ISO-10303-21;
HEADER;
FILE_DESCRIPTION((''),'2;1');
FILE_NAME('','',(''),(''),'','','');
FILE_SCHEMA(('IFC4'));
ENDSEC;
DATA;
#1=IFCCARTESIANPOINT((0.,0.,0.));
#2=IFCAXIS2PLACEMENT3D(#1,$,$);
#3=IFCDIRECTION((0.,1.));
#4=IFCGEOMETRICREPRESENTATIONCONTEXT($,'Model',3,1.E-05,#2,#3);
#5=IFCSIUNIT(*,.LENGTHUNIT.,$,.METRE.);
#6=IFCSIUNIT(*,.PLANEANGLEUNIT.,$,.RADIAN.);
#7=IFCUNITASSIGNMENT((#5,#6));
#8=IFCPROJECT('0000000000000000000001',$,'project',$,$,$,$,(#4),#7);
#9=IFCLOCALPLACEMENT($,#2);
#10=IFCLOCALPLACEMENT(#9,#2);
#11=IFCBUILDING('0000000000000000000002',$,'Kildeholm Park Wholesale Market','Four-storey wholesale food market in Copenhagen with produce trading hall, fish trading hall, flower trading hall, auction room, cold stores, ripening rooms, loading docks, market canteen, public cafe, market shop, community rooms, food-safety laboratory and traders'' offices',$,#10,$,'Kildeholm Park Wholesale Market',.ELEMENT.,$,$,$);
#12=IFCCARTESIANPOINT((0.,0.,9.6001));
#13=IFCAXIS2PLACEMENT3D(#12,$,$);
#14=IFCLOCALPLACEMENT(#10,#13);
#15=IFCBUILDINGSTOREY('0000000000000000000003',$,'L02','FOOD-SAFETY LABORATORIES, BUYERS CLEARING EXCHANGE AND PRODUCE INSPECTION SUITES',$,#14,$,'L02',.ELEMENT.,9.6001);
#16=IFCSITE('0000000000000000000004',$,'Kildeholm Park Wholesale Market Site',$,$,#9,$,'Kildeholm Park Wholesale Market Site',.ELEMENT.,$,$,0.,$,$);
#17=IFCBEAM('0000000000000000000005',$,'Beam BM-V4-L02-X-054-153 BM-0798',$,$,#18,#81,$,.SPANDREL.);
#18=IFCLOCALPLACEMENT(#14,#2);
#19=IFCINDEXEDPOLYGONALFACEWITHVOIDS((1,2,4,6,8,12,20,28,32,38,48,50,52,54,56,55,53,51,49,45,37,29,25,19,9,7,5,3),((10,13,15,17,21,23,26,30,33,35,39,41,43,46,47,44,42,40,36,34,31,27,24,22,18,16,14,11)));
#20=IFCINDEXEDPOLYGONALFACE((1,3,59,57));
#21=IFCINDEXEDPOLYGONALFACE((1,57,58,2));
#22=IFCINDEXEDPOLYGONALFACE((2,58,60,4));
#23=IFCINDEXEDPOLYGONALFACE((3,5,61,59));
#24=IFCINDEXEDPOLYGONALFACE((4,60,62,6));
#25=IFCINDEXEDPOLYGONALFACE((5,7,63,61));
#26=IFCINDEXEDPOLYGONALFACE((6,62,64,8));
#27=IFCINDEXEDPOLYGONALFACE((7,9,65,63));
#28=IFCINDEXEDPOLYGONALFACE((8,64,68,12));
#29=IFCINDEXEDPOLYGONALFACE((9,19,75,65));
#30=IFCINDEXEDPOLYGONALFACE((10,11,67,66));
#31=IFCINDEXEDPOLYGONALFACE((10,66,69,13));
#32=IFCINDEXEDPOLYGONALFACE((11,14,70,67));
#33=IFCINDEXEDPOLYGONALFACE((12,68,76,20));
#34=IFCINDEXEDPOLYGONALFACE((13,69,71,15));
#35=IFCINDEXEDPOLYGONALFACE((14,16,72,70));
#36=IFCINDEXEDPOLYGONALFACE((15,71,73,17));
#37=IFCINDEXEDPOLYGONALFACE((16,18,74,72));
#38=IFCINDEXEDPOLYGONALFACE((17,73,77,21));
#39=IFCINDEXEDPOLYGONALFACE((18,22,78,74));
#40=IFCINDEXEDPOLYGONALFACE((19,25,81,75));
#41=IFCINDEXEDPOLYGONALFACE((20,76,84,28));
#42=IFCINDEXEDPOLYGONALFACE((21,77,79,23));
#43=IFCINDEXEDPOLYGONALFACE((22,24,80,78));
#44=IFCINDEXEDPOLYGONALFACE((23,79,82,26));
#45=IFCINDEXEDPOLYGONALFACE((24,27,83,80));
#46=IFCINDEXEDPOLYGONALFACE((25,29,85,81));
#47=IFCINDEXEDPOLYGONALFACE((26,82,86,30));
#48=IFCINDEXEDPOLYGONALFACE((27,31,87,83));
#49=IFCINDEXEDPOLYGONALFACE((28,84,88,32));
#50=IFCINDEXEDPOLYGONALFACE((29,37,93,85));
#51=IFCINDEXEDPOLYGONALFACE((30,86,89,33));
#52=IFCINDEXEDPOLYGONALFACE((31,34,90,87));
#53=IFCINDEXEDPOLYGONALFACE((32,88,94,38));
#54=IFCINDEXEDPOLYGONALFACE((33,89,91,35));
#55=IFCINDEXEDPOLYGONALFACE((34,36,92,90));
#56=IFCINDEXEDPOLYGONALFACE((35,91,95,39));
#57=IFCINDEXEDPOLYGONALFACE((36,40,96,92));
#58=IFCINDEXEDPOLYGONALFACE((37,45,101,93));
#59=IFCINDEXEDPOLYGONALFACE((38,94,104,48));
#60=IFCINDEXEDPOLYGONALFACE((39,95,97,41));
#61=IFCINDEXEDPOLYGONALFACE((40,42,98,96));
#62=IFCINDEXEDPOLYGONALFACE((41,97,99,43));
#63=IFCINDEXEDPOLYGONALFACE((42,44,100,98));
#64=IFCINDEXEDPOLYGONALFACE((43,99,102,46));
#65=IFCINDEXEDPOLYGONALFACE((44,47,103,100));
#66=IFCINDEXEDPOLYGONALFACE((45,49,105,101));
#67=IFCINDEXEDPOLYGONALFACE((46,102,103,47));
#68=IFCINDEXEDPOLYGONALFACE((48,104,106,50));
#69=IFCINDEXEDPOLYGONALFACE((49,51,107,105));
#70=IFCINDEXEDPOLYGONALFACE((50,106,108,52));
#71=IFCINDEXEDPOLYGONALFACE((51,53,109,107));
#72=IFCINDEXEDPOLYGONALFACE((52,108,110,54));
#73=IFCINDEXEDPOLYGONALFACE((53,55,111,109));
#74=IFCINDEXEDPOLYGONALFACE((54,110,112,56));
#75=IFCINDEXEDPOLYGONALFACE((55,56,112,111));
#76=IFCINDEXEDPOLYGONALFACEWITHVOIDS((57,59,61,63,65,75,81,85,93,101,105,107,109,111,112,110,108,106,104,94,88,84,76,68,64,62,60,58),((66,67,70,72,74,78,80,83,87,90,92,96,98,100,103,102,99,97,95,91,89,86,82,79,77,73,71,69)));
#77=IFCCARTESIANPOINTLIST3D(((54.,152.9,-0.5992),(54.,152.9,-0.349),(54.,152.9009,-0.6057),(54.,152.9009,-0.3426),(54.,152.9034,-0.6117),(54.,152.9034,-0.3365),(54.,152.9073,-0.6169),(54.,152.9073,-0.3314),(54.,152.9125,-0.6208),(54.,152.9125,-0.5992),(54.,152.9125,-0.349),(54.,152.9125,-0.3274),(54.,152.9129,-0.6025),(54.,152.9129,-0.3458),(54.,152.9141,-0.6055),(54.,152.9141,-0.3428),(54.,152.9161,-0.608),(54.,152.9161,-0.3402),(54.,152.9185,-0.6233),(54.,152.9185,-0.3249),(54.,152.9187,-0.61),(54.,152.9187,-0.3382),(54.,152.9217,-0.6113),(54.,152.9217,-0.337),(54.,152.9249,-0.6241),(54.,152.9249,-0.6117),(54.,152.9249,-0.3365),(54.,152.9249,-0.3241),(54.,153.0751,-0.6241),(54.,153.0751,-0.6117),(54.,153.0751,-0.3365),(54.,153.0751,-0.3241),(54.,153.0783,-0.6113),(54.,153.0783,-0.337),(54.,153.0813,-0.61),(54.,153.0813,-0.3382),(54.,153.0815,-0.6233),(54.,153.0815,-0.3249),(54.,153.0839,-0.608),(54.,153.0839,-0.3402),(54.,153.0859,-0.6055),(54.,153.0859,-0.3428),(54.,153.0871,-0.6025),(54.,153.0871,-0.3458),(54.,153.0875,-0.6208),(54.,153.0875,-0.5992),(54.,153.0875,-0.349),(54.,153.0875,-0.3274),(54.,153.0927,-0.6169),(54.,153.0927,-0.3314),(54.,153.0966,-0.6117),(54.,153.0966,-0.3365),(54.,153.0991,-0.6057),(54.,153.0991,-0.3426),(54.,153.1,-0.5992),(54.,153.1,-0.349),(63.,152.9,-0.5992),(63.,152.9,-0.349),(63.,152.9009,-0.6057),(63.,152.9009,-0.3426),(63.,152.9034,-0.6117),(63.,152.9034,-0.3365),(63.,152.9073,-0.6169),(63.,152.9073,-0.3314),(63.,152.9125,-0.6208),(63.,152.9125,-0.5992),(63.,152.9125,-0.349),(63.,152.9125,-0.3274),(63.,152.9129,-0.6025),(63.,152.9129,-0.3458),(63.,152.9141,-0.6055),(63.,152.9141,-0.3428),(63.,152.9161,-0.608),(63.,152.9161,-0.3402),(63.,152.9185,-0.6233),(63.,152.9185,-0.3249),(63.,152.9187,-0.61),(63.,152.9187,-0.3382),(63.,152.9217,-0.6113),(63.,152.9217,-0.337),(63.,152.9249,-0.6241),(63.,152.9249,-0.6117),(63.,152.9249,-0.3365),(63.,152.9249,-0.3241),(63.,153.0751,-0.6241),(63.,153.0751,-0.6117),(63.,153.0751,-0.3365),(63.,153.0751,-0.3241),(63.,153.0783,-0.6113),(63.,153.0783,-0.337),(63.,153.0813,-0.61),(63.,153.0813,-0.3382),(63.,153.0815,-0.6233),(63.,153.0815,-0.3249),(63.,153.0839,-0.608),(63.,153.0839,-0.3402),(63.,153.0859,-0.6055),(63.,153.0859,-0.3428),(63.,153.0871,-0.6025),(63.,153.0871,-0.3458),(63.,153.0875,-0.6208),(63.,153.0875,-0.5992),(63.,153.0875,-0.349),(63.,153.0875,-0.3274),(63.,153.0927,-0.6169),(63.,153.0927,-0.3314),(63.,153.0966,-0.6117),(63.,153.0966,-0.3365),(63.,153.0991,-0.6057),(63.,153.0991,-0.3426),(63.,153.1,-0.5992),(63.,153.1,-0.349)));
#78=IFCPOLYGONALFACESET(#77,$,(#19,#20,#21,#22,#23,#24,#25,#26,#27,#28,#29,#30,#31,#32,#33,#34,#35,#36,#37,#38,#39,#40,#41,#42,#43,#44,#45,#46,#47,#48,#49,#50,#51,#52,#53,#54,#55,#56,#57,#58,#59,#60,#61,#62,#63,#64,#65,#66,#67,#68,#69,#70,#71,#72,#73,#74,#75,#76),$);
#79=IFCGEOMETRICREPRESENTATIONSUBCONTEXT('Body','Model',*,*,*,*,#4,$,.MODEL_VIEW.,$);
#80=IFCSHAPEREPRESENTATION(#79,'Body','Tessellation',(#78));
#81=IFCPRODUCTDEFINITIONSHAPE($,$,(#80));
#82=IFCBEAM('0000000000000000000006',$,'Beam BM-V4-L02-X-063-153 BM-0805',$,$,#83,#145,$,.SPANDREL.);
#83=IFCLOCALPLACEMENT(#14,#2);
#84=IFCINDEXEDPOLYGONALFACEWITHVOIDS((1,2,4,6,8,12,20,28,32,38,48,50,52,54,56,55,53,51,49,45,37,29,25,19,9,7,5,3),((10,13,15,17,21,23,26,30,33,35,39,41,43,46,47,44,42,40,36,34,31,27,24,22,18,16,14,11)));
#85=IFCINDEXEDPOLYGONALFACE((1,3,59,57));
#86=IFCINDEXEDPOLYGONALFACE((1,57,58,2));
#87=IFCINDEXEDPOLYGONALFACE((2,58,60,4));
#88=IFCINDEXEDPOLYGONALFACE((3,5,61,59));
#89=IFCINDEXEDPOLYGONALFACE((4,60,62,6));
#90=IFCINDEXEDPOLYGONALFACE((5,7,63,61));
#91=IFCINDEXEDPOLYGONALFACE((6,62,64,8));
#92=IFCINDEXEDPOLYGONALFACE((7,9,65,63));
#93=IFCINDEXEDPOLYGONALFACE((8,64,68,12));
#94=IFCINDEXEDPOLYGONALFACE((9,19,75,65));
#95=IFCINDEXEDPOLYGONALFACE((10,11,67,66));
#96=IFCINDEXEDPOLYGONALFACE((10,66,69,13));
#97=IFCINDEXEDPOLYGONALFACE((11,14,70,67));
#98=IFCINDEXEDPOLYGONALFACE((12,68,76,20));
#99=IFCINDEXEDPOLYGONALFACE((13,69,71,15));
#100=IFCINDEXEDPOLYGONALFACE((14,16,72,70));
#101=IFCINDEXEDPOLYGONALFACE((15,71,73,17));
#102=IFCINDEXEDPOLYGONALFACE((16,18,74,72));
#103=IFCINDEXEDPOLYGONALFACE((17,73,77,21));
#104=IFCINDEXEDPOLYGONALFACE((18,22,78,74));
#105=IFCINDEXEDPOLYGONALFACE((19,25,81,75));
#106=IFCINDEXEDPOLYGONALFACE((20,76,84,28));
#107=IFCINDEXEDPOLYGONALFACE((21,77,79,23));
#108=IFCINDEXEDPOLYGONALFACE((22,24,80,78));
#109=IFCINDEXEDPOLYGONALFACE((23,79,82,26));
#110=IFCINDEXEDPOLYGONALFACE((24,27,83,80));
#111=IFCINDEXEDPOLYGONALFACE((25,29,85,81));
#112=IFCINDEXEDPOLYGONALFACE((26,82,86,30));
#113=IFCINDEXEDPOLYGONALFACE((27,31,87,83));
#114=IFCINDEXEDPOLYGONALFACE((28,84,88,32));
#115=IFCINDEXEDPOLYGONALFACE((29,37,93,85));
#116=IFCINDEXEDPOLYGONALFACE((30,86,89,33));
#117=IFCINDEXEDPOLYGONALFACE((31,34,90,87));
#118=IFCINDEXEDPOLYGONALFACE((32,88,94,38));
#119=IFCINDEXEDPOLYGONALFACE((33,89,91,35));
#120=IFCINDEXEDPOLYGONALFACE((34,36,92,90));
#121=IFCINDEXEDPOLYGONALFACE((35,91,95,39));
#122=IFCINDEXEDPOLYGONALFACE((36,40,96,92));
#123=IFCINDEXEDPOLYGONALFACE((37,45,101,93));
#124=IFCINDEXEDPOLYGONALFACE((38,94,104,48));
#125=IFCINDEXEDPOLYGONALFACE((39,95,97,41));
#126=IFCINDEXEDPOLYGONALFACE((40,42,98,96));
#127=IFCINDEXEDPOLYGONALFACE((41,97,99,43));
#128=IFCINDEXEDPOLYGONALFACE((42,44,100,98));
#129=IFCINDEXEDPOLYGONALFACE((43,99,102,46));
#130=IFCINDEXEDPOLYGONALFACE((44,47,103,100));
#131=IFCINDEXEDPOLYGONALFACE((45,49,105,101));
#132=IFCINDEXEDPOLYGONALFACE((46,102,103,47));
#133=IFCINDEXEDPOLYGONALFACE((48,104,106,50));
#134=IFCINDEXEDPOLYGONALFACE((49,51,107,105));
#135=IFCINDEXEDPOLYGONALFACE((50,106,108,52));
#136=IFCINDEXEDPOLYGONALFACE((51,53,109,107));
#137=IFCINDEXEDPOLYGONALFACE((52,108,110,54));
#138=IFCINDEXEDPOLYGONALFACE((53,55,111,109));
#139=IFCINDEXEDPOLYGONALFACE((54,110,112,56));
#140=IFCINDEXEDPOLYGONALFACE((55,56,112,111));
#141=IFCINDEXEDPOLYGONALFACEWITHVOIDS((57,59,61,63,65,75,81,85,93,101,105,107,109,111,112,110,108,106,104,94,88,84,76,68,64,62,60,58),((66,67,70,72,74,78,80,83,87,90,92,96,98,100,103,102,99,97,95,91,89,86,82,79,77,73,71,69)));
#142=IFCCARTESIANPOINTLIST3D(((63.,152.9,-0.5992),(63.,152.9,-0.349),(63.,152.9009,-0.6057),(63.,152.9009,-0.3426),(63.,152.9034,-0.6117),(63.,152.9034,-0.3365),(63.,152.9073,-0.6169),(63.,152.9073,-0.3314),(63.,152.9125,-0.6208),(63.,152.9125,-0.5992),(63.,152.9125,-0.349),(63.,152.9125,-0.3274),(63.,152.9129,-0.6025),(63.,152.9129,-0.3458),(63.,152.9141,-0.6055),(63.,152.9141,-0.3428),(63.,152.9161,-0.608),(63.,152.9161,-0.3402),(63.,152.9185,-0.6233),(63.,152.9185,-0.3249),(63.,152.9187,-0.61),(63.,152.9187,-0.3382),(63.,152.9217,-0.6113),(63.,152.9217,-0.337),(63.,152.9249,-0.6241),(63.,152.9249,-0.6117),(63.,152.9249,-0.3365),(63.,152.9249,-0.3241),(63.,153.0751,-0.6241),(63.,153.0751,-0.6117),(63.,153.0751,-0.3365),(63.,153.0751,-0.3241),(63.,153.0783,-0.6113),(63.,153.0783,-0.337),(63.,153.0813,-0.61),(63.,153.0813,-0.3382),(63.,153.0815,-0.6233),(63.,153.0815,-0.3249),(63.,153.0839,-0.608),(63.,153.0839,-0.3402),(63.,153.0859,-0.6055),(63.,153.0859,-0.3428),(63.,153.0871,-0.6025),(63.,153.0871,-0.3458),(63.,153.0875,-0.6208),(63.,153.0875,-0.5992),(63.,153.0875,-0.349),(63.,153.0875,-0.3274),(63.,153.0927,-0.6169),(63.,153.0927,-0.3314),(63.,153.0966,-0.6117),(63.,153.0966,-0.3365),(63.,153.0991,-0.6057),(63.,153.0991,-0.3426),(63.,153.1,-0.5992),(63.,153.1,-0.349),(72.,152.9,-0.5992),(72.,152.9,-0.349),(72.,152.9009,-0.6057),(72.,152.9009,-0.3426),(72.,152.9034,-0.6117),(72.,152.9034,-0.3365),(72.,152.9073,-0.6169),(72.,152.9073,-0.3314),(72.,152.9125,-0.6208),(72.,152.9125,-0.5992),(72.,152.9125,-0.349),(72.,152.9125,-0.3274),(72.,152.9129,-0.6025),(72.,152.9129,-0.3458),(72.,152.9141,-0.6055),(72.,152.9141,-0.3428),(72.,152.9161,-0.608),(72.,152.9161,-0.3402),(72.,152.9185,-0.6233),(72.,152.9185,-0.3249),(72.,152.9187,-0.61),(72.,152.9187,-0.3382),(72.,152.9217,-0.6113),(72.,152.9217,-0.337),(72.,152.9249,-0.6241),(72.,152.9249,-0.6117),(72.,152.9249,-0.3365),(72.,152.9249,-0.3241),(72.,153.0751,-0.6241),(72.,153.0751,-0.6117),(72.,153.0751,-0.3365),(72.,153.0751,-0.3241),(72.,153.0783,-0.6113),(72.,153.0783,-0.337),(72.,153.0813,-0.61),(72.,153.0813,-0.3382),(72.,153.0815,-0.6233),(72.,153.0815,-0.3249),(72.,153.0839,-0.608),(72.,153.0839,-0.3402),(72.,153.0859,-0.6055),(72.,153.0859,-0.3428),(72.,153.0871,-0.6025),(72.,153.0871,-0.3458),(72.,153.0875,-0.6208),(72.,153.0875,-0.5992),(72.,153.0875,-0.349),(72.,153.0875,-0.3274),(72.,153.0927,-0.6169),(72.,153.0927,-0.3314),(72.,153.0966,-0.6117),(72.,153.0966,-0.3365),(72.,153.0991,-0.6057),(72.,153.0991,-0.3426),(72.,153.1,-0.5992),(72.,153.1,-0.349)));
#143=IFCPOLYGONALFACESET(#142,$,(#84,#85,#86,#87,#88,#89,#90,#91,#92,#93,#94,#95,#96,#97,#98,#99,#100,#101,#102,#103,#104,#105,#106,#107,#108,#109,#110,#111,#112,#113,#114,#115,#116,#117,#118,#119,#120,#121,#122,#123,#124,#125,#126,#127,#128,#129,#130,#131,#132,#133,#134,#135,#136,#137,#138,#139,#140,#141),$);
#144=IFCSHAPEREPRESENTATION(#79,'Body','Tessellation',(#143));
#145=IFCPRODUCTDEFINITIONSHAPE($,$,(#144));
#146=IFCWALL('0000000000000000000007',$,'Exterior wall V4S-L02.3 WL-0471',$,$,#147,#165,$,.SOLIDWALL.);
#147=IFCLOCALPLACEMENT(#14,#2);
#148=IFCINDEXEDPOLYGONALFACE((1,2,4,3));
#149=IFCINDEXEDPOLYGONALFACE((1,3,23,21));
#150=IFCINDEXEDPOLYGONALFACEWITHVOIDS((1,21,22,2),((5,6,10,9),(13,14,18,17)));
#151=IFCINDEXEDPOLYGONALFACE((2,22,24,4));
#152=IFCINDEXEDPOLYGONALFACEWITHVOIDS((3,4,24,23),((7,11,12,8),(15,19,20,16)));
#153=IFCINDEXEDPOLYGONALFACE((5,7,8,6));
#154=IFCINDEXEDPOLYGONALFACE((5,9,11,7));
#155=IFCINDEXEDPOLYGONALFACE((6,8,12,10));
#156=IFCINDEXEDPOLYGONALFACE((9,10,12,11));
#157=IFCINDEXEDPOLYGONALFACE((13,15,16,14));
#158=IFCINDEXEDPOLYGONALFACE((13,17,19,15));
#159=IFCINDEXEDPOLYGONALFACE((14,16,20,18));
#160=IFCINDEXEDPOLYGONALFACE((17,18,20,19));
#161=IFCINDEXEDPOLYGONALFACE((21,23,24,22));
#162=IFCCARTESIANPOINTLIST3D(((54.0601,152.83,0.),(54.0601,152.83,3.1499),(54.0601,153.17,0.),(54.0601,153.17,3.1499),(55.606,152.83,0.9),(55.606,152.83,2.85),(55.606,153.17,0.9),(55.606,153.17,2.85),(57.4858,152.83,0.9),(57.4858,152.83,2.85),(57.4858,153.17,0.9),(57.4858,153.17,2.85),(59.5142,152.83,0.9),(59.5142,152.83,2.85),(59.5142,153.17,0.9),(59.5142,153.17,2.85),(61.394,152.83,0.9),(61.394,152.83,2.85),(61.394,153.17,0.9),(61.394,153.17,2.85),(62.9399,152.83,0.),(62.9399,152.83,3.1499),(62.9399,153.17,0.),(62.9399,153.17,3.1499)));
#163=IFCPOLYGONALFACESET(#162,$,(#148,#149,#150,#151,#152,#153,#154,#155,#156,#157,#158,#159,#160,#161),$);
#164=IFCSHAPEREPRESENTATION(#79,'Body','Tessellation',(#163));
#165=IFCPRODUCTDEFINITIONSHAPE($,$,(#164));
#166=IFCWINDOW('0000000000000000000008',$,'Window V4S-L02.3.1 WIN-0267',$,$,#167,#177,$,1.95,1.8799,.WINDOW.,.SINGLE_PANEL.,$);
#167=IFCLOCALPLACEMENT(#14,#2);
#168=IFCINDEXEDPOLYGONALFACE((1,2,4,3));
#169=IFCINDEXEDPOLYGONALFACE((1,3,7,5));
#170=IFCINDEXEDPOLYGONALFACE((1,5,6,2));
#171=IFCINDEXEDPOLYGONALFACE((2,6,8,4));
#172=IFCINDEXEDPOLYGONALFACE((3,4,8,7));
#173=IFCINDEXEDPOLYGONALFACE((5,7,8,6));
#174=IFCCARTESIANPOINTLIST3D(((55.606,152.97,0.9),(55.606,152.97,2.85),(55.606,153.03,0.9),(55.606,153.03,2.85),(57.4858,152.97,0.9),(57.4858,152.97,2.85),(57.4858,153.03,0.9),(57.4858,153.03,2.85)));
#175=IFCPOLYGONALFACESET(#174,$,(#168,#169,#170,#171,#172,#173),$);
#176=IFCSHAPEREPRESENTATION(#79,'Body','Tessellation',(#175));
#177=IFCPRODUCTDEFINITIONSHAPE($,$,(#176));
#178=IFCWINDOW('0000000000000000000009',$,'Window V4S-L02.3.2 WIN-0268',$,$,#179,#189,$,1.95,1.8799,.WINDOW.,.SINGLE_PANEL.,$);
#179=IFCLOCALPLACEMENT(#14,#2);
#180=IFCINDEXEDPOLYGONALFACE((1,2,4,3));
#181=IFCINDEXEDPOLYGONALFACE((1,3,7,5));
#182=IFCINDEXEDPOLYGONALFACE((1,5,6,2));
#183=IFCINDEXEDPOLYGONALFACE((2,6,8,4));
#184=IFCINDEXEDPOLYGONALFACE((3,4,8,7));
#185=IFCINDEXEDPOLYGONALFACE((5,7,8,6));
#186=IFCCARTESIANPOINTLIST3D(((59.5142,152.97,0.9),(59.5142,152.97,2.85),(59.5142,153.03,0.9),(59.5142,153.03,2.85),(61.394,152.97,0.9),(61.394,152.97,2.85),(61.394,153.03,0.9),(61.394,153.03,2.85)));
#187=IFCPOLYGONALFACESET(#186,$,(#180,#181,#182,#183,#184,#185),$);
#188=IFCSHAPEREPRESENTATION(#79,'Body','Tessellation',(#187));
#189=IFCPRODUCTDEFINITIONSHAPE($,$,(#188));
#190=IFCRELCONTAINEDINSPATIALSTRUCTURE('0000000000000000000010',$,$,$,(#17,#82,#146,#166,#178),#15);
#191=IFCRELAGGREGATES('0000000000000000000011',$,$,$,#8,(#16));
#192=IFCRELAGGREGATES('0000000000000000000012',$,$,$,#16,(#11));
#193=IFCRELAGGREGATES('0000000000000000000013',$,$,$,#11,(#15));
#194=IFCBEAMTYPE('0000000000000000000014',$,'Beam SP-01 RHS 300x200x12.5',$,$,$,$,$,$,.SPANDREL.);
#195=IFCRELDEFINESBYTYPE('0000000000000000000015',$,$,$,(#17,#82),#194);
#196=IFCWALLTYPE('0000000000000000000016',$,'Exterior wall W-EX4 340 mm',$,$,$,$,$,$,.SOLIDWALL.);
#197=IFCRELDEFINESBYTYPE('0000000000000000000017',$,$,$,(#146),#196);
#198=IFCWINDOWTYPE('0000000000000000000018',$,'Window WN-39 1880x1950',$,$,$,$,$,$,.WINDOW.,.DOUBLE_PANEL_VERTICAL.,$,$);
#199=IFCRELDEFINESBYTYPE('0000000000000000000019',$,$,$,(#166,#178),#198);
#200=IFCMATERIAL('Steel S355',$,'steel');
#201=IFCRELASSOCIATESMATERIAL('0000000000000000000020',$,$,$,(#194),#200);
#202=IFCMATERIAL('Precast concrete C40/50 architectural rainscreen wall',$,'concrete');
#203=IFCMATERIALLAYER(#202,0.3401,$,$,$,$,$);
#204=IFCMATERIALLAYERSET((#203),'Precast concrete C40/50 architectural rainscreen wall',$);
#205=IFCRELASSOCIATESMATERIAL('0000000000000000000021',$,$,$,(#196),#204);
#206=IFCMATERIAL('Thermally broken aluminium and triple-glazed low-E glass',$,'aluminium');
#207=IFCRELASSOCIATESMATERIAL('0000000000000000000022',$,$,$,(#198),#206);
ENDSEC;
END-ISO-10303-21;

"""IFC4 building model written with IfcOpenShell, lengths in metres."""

from ifc_helpers import new_model, si_unit, direction, frame, frame_2d, origin, origin_2d, place, context, subcontext, project, spatial, rectangle, hollow_rectangle, extrude, material, layer, layer_set, material_profile, profile_set, type_object, element, fill, save


model = new_model("IFC4")

# Units and contexts
model_context = context("Model", 3, precision=1e-05, world=origin(), true_north=direction((0.0, 1.0)))
body_context = subcontext(model_context, "Body", "Model", "MODEL_VIEW")
ifc_project = project(units=[si_unit("LENGTHUNIT", "METRE"), si_unit("PLANEANGLEUNIT", "RADIAN")], contexts=[model_context])

# Site, building, storey
site_placement = place(None, origin())
site = spatial("IfcSite", under=ifc_project, at=site_placement, Name="Kildeholm Park Wholesale Market Site", LongName="Kildeholm Park Wholesale Market Site", CompositionType="ELEMENT", RefElevation=0.0)
building_placement = place(site_placement, origin())
building = spatial("IfcBuilding", under=site, at=building_placement, Name="Kildeholm Park Wholesale Market", Description="Four-storey wholesale food market in Copenhagen with produce trading hall, fish trading hall, flower trading hall, auction room, cold stores, ripening rooms, loading docks, market canteen, public cafe, market shop, community rooms, food-safety laboratory and traders' offices", LongName="Kildeholm Park Wholesale Market", CompositionType="ELEMENT")
storey_placement = place(building_placement, frame((0.0, 0.0, 9.6001)))
storey = spatial("IfcBuildingStorey", under=building, at=storey_placement, Name="L02", Description="FOOD-SAFETY LABORATORIES, BUYERS CLEARING EXCHANGE AND PRODUCE INSPECTION SUITES", LongName="L02", CompositionType="ELEMENT", Elevation=9.6001)

# Beams
ifc_material_1 = material(Name="Steel S355", Category="steel")
ifc_material_profile_1 = material_profile(ifc_material_1, hollow_rectangle(XDim=0.2, YDim=0.3, WallThickness=0.0125, InnerFilletRadius=0.0125, OuterFilletRadius=0.0249, at=origin_2d()), Name="RHS 300x200x12.5")
ifc_profile_set_1 = profile_set([ifc_material_profile_1], Name="Steel S355")
beam_type_1 = type_object("IfcBeamType", Name="Beam SP-01 RHS 300x200x12.5", PredefinedType="SPANDREL", material=ifc_profile_set_1)
for number, where, z_axis, x_axis, name in (
    (1, (54.0, 153.0, -0.4741), (1.0, 0.0, 0.0), (0.0, 1.0, 0.0), "Beam BM-V4-L02-X-054-153 BM-0798"),
    (2, (63.0, 153.0, -0.4741), (1.0, 0.0, 0.0), (0.0, 1.0, 0.0), "Beam BM-V4-L02-X-063-153 BM-0805"),
):
    element("IfcBeam", number, at=place(storey_placement, frame(where, z_axis=z_axis, x_axis=x_axis)), inside=storey, type_object=beam_type_1, Name=name, PredefinedType="SPANDREL", context=body_context, shape_type="SweptSolid", body=[
        extrude(hollow_rectangle(XDim=0.2, YDim=0.3, WallThickness=0.0125, InnerFilletRadius=0.0125, OuterFilletRadius=0.0249, at=origin_2d()), origin(), (0.0, 0.0, 1.0), 9.0),
    ])

# Wall, openings, windows
ifc_material_2 = material(Name="Precast concrete C40/50 architectural rainscreen wall", Category="concrete")
ifc_layer_1 = layer(ifc_material_2, 0.3401)
ifc_layer_set_1 = layer_set([ifc_layer_1], Name="Precast concrete C40/50 architectural rainscreen wall")
wall_type_1 = type_object("IfcWallType", Name="Exterior wall W-EX4 340 mm", PredefinedType="SOLIDWALL", material=ifc_layer_set_1)
wall_1_placement = place(storey_placement, frame((54.0601, 153.0, 0.0), z_axis=(0.0, 0.0, 1.0), x_axis=(1.0, 0.0, 0.0)))
wall_1 = element("IfcWall", 3, at=wall_1_placement, inside=storey, type_object=wall_type_1, Name="Exterior wall V4S-L02.3 WL-0471", PredefinedType="SOLIDWALL", context=body_context, shape_type="SweptSolid", body=[
    extrude(rectangle(XDim=8.8799, YDim=0.3401, at=frame_2d((4.4399, 0.0))), origin(), (0.0, 0.0, 1.0), 3.1499),
])
opening_1_placement = place(wall_1_placement, frame((1.5459, 0.0, 0.8999)))
opening_1 = element("IfcOpeningElement", 4, at=opening_1_placement, cuts=wall_1, PredefinedType="OPENING", context=body_context, shape_type="SweptSolid", body=[
    extrude(rectangle(XDim=1.8799, YDim=1.95, at=frame_2d((0.9399, 0.9751))), frame((0.0, 0.1799, 0.0), z_axis=(0.0, -1.0, 0.0), x_axis=(1.0, 0.0, 0.0)), (0.0, 0.0, 1.0), 0.3601),
])
opening_2_placement = place(wall_1_placement, frame((5.4541, 0.0, 0.8999)))
opening_2 = element("IfcOpeningElement", 5, at=opening_2_placement, cuts=wall_1, PredefinedType="OPENING", context=body_context, shape_type="SweptSolid", body=[
    extrude(rectangle(XDim=1.8799, YDim=1.95, at=frame_2d((0.9399, 0.9751))), frame((0.0, 0.1799, 0.0), z_axis=(0.0, -1.0, 0.0), x_axis=(1.0, 0.0, 0.0)), (0.0, 0.0, 1.0), 0.3601),
])
ifc_material_3 = material(Name="Thermally broken aluminium and triple-glazed low-E glass", Category="aluminium")
window_type_1 = type_object("IfcWindowType", Name="Window WN-39 1880x1950", PartitioningType="DOUBLE_PANEL_VERTICAL", PredefinedType="WINDOW", material=ifc_material_3)
window_1_placement = place(opening_1_placement, origin())
window_1 = element("IfcWindow", 6, at=window_1_placement, inside=storey, type_object=window_type_1, Name="Window V4S-L02.3.1 WIN-0267", OverallHeight=1.95, OverallWidth=1.8799, PartitioningType="SINGLE_PANEL", PredefinedType="WINDOW", context=body_context, shape_type="SweptSolid", body=[
    extrude(rectangle(XDim=1.8799, YDim=1.95, at=frame_2d((0.9399, 0.9751))), frame((0.0, 0.03, 0.0), z_axis=(0.0, -1.0, 0.0), x_axis=(1.0, 0.0, 0.0)), (0.0, 0.0, 1.0), 0.0601),
])
fill(opening_1, window_1)
window_2_placement = place(opening_2_placement, origin())
window_2 = element("IfcWindow", 7, at=window_2_placement, inside=storey, type_object=window_type_1, Name="Window V4S-L02.3.2 WIN-0268", OverallHeight=1.95, OverallWidth=1.8799, PartitioningType="SINGLE_PANEL", PredefinedType="WINDOW", context=body_context, shape_type="SweptSolid", body=[
    extrude(rectangle(XDim=1.8799, YDim=1.95, at=frame_2d((0.9399, 0.9751))), frame((0.0, 0.03, 0.0), z_axis=(0.0, -1.0, 0.0), x_axis=(1.0, 0.0, 0.0)), (0.0, 0.0, 1.0), 0.0601),
])
fill(opening_2, window_2)

save(model, "model.ifc")
